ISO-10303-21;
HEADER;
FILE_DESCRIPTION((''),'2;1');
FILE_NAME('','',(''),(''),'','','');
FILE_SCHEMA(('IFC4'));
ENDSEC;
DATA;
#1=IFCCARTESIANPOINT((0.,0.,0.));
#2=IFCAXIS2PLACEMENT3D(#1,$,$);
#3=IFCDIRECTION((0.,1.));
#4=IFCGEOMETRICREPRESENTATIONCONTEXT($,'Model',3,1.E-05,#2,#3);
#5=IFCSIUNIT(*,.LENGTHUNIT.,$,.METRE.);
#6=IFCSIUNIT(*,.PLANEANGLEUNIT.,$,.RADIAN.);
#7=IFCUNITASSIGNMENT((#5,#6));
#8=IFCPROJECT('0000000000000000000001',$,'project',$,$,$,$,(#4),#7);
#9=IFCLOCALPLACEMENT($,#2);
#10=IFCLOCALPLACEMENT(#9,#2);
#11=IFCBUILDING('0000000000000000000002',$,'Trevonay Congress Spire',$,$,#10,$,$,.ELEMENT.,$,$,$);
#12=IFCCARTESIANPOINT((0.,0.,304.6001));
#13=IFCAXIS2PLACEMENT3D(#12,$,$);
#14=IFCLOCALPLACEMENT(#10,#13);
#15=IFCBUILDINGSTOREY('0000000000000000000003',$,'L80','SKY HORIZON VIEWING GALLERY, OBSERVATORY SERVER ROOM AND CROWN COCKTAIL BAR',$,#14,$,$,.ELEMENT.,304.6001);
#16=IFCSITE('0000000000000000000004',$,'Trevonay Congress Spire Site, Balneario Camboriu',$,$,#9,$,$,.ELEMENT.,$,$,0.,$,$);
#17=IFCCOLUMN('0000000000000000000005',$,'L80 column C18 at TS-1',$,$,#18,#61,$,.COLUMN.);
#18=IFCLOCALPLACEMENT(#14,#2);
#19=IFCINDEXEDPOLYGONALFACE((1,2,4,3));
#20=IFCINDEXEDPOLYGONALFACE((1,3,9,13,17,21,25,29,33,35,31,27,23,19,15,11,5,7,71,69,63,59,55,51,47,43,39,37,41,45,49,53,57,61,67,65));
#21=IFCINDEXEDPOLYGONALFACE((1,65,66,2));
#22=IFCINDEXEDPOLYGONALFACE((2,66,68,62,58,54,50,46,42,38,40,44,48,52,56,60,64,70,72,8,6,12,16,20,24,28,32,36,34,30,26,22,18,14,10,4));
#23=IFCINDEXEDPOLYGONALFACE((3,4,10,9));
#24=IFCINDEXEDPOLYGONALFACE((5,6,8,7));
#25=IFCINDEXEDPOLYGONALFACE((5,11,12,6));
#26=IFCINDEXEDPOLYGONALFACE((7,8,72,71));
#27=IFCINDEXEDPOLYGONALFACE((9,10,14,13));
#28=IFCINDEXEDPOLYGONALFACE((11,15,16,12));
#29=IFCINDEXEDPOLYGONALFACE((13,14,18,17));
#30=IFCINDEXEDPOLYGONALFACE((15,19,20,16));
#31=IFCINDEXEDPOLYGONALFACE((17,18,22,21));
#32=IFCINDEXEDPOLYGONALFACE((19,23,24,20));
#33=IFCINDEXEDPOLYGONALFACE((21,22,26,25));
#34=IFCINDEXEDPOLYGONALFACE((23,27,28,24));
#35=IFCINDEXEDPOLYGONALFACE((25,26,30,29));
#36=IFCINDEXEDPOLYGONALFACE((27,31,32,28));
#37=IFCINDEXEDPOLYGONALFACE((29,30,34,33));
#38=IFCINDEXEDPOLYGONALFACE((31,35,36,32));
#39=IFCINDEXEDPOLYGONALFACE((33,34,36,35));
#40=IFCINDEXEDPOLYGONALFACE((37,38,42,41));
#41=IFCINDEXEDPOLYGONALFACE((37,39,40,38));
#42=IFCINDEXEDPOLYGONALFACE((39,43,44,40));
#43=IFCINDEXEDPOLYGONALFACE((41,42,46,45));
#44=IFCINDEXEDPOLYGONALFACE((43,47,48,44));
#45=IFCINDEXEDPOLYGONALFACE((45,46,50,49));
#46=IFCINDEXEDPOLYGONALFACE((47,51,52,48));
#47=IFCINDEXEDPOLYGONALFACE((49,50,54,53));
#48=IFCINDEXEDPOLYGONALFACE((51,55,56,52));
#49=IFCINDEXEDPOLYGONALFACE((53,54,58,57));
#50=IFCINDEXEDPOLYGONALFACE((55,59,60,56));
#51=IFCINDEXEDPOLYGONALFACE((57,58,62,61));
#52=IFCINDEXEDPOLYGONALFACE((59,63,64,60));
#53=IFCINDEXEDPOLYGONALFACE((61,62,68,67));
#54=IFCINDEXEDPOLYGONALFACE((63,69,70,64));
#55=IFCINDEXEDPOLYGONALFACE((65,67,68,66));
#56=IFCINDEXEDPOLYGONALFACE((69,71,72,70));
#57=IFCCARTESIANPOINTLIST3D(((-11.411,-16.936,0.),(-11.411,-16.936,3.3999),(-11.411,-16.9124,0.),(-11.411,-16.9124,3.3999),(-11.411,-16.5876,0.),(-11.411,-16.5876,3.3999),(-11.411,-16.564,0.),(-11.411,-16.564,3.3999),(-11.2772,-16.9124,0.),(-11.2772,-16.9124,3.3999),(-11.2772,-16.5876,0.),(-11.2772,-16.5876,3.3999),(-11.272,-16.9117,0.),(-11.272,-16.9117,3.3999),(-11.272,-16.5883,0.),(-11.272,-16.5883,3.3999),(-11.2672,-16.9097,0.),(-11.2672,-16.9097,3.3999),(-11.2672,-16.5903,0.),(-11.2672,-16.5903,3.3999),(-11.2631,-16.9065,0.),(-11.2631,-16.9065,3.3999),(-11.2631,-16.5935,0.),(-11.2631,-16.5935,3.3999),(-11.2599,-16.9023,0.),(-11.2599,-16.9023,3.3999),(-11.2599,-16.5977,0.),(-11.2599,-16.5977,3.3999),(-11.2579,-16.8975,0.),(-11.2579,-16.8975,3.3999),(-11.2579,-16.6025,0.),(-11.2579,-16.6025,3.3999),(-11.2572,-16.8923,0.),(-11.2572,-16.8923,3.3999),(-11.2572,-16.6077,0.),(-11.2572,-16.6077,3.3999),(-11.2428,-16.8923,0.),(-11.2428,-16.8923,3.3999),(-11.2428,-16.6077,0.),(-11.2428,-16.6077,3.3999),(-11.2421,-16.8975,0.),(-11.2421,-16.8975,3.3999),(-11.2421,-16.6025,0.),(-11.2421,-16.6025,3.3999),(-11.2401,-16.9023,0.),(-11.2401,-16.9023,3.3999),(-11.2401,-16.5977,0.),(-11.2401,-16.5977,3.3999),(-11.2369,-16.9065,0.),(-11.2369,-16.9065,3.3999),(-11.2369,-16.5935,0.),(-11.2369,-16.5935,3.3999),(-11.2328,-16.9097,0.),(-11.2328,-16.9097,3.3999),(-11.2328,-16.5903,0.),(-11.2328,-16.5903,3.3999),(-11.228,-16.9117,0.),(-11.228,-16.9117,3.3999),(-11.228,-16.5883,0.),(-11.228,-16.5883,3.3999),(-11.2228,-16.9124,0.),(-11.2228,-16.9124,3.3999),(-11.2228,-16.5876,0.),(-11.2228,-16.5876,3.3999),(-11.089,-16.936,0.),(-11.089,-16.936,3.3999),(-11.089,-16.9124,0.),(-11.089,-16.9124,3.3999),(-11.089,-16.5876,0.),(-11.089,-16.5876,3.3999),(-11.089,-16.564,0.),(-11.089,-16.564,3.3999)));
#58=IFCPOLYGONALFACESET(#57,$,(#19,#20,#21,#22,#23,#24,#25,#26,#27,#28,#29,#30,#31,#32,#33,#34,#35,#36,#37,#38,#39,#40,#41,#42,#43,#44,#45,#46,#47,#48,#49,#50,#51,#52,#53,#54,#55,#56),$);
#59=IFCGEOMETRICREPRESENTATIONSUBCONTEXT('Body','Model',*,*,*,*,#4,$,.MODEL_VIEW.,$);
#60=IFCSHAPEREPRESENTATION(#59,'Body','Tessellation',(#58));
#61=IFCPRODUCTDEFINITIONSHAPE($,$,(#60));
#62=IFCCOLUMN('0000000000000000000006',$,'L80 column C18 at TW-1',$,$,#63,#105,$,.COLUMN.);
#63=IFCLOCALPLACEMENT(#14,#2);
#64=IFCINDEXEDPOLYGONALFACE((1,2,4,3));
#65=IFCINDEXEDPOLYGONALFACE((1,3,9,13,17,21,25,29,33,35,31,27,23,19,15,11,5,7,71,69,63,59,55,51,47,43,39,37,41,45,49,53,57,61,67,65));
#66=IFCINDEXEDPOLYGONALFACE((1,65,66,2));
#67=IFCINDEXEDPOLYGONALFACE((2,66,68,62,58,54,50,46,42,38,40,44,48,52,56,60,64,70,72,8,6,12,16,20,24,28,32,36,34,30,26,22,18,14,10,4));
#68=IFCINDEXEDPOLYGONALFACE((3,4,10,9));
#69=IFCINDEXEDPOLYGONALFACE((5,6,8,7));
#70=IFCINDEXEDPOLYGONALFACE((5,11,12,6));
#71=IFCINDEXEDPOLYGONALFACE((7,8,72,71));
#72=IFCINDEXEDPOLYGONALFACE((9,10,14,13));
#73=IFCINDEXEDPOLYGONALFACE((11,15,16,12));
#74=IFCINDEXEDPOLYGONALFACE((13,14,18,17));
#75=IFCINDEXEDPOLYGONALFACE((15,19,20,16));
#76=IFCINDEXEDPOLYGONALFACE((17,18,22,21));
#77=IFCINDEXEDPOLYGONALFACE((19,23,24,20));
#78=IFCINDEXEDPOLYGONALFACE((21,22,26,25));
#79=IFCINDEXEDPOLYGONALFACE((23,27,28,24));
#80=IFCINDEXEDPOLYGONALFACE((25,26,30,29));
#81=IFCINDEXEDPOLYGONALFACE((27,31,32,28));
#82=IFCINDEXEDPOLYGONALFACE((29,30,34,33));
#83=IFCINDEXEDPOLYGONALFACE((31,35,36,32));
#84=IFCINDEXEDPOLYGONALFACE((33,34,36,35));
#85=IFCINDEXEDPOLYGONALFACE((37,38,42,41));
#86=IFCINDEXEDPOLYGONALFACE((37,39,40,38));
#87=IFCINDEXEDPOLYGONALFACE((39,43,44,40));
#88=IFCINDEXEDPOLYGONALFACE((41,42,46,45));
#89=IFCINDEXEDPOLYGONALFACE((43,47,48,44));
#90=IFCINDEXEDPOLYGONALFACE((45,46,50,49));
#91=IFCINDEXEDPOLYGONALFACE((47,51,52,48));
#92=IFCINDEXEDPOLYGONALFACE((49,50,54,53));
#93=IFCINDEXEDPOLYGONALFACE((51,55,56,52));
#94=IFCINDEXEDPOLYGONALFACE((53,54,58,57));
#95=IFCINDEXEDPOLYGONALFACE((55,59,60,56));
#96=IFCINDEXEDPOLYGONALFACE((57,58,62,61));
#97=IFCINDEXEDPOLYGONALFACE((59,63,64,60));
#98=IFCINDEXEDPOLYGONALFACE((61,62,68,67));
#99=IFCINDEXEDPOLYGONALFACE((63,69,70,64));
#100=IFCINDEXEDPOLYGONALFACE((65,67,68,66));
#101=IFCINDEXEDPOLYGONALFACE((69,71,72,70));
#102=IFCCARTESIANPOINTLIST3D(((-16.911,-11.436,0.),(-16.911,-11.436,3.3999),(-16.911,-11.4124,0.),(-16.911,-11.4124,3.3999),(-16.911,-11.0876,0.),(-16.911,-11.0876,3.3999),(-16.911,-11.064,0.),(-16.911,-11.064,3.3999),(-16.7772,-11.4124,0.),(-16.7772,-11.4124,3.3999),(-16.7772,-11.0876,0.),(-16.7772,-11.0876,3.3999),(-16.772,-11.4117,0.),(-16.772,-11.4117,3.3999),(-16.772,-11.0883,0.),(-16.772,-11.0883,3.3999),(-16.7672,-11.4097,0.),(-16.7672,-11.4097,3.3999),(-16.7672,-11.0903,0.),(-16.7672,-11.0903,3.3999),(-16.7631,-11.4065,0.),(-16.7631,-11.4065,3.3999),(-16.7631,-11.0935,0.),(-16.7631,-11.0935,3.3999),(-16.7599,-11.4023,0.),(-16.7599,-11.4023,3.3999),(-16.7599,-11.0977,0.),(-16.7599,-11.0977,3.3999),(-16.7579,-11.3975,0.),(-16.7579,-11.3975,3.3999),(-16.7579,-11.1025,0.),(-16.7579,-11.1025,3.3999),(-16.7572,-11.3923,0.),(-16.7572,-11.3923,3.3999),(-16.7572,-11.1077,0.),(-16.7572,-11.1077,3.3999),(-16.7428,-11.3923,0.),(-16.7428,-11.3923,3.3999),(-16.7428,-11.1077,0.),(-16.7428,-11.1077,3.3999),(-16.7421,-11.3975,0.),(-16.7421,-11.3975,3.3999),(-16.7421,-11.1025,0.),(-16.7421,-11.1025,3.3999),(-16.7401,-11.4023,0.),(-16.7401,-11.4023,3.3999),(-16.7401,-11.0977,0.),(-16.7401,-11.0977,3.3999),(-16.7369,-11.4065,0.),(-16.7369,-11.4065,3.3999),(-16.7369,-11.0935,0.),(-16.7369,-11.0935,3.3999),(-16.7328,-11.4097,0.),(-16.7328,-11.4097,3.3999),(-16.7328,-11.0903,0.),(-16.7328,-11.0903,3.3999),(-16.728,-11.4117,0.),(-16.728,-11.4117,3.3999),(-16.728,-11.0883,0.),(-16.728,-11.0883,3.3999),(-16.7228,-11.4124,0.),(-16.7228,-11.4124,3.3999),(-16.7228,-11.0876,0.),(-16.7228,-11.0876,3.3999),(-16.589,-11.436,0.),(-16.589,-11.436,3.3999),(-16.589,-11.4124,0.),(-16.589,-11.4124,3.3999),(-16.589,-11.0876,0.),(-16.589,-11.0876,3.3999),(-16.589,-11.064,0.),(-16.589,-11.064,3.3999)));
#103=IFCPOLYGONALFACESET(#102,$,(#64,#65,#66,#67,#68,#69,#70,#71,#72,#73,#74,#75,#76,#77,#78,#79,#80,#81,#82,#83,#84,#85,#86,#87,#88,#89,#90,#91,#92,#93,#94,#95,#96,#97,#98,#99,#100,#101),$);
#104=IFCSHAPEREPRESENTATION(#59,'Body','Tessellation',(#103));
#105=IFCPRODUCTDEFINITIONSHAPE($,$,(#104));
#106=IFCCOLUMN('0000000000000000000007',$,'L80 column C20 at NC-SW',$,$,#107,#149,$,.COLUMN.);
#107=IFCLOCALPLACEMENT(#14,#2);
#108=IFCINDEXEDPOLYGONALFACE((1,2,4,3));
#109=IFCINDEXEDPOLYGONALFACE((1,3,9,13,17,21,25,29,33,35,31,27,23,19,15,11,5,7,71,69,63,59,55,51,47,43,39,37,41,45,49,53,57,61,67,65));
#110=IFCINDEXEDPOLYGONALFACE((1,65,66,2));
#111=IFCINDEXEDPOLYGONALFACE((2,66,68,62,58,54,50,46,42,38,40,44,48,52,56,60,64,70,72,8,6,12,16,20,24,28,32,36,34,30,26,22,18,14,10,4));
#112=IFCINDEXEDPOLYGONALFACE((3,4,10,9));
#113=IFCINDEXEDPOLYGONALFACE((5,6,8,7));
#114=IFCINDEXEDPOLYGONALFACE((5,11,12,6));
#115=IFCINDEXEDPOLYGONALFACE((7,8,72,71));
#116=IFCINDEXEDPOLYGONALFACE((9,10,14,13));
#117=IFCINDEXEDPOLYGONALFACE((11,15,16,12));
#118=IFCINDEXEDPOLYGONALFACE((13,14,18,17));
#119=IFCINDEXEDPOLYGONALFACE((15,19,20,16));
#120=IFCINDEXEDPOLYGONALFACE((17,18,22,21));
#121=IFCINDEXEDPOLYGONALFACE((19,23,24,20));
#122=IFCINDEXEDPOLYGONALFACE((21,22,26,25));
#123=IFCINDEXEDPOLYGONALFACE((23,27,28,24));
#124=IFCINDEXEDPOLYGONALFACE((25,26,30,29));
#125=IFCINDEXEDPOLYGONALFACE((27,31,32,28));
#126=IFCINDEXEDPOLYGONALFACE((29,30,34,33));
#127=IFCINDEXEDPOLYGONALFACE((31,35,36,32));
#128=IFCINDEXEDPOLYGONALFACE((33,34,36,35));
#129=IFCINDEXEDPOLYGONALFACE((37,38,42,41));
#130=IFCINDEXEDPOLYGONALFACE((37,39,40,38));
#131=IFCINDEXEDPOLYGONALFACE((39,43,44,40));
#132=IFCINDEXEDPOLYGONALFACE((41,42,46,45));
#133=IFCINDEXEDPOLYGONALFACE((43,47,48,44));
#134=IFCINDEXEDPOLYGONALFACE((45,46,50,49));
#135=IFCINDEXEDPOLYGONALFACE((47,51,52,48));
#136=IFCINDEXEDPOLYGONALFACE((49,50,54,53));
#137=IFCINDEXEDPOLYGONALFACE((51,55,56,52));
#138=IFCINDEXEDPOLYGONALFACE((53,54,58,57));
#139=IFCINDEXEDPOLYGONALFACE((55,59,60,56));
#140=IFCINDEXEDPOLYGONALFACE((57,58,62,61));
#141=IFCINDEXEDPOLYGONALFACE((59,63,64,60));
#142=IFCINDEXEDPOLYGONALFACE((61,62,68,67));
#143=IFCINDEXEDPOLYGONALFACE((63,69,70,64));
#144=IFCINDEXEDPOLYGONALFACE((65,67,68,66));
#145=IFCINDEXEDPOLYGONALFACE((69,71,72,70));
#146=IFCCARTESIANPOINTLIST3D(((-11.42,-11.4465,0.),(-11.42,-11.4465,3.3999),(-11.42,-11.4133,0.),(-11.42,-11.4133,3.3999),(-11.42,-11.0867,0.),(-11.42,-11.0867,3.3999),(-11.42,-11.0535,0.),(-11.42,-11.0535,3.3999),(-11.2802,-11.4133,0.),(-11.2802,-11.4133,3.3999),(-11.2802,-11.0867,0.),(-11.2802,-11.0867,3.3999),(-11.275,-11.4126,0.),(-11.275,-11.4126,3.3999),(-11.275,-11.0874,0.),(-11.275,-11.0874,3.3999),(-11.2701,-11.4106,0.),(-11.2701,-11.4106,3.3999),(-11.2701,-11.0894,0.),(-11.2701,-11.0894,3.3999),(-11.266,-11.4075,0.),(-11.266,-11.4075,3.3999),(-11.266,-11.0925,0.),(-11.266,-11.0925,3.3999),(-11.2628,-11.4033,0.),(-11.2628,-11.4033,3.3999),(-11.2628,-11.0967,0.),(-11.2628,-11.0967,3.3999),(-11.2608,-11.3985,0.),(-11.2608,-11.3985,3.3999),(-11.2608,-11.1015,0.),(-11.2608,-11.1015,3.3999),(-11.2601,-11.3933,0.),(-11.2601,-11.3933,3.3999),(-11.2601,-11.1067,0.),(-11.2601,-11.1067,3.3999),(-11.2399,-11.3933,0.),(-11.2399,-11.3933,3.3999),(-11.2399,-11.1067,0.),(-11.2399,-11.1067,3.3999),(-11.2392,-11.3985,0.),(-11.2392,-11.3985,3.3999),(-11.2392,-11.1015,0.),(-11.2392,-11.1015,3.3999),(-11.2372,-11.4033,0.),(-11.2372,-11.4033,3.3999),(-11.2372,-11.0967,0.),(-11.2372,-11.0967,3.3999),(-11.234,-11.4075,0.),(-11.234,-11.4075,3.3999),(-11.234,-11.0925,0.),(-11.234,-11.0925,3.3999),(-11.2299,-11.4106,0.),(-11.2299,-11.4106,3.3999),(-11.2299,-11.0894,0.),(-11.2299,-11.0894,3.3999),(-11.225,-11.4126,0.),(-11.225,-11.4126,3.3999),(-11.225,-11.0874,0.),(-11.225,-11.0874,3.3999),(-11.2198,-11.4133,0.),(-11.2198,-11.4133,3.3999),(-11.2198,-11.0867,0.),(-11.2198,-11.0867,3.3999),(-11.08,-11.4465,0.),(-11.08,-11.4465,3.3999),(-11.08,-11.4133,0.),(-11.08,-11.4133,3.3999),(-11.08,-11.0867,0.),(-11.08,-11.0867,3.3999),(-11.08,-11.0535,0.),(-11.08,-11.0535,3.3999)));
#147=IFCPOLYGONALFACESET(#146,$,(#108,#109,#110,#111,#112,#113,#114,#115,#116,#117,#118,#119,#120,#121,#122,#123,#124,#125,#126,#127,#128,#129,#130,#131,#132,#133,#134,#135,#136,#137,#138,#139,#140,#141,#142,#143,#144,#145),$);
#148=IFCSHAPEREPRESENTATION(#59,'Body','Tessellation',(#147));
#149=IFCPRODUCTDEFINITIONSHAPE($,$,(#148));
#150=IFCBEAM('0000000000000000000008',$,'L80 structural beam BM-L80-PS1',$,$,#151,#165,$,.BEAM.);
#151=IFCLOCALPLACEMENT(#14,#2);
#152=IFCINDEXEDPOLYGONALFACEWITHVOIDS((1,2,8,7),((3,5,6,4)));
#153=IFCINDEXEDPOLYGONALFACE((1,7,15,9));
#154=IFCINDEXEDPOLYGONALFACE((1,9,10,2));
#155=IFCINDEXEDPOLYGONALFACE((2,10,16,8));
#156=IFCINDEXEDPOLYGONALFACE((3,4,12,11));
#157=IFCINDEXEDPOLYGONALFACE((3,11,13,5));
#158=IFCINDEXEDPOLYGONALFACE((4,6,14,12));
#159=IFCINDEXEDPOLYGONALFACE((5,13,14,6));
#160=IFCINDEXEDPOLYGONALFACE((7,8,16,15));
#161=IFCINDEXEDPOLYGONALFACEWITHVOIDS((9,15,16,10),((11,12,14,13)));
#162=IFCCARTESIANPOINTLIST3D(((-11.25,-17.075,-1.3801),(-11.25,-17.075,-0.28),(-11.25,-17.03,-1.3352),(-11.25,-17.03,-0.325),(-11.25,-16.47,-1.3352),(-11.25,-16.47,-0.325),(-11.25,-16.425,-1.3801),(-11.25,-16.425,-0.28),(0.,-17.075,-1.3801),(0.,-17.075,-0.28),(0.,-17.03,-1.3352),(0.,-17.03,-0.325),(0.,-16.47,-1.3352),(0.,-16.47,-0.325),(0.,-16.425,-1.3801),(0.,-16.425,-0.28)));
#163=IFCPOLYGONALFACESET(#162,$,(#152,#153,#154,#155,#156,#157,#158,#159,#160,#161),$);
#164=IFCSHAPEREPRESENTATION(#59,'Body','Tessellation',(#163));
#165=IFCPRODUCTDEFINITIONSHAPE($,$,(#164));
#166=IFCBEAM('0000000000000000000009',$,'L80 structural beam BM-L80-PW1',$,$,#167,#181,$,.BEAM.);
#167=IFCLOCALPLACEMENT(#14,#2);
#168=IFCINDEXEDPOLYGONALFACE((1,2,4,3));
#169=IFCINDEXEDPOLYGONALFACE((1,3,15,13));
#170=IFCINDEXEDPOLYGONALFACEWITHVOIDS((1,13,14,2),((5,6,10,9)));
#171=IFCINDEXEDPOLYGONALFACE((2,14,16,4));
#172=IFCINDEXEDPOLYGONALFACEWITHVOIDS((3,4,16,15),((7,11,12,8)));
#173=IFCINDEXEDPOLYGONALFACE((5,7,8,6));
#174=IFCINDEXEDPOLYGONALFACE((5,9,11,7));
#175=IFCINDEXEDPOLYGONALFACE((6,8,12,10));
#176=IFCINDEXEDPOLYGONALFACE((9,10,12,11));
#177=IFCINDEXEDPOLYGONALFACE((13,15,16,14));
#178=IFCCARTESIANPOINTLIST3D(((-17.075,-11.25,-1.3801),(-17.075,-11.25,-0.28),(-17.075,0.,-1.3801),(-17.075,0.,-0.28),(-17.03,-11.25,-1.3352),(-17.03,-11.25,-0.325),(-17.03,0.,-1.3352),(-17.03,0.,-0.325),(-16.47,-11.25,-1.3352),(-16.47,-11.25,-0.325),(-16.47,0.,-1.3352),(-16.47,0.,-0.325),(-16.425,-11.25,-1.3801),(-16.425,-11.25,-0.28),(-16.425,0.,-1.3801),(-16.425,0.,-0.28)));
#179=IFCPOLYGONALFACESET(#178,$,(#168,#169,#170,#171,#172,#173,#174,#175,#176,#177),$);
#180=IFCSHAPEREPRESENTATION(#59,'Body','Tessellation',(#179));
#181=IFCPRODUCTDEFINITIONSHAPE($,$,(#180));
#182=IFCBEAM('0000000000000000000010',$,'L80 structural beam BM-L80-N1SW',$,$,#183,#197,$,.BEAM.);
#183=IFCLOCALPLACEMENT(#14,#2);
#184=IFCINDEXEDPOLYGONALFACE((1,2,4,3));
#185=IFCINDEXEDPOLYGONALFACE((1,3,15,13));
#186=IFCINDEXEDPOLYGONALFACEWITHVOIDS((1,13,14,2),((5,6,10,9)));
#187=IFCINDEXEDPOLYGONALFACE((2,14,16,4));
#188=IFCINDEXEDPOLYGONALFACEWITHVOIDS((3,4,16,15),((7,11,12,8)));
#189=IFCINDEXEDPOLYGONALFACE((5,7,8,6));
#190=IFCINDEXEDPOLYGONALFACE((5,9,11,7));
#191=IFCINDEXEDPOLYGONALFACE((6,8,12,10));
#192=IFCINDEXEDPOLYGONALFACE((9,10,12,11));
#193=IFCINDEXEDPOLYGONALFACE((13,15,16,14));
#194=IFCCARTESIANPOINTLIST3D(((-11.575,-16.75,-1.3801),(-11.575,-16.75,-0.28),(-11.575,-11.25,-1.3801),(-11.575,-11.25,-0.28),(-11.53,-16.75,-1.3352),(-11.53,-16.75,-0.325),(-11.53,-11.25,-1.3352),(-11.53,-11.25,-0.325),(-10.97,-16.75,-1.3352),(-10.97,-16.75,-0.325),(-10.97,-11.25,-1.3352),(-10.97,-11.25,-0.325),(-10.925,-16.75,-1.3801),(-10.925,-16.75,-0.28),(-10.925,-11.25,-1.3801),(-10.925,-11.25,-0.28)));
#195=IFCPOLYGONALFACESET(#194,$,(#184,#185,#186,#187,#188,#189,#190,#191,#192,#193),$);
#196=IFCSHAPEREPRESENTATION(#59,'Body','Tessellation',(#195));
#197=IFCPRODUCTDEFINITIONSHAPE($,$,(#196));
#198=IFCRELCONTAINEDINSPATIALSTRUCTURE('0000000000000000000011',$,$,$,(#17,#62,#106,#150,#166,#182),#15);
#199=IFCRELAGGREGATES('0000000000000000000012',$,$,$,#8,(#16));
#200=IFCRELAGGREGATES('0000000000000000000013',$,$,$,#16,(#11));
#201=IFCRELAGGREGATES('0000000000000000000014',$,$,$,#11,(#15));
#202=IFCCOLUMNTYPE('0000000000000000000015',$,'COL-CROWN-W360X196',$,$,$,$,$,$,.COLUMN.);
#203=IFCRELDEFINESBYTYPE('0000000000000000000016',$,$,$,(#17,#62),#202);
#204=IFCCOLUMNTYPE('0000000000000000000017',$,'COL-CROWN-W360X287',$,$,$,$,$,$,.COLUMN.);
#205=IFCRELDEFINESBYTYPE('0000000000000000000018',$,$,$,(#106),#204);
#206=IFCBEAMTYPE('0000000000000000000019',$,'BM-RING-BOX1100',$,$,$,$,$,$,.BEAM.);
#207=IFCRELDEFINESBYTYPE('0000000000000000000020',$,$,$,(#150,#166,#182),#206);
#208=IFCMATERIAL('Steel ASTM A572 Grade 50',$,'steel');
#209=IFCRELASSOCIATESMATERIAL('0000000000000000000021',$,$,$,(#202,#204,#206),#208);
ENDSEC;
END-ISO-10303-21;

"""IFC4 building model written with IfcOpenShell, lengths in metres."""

from ifc_helpers import new_model, si_unit, direction, frame, origin, origin_2d, place, context, subcontext, project, spatial, hollow_rectangle, i_section, extrude, material, material_profile, profile_set, type_object, element, save


model = new_model("IFC4")

# Units and contexts
model_context = context("Model", 3, precision=1e-05, world=origin(), true_north=direction((0.0, 1.0)))
body_context = subcontext(model_context, "Body", "Model", "MODEL_VIEW")
ifc_project = project(units=[si_unit("LENGTHUNIT", "METRE"), si_unit("PLANEANGLEUNIT", "RADIAN")], contexts=[model_context])

# Site, building, storey
site_placement = place(None, origin())
site = spatial("IfcSite", under=ifc_project, at=site_placement, Name="Trevonay Congress Spire Site, Balneario Camboriu", CompositionType="ELEMENT", RefElevation=0.0)
building_placement = place(site_placement, origin())
building = spatial("IfcBuilding", under=site, at=building_placement, Name="Trevonay Congress Spire", CompositionType="ELEMENT")
storey_placement = place(building_placement, frame((0.0, 0.0, 304.6001)))
storey = spatial("IfcBuildingStorey", under=building, at=storey_placement, Name="L80", Description="SKY HORIZON VIEWING GALLERY, OBSERVATORY SERVER ROOM AND CROWN COCKTAIL BAR", CompositionType="ELEMENT", Elevation=304.6001)

# Columns
ifc_material_1 = material(Name="Steel ASTM A572 Grade 50", Category="steel")
ifc_material_profile_1 = material_profile(ifc_material_1, i_section(OverallWidth=0.322, OverallDepth=0.3721, WebThickness=0.0144, FlangeThickness=0.0237, FilletRadius=0.02, at=origin_2d()), Name="W360x196")
ifc_profile_set_1 = profile_set([ifc_material_profile_1], Name="Steel ASTM A572 Grade 50")
column_type_1 = type_object("IfcColumnType", Name="COL-CROWN-W360X196", PredefinedType="COLUMN", material=ifc_profile_set_1)
for number, where, z_axis, x_axis, name in (
    (1, (-11.25, -16.75, 0.0), (0.0, 0.0, 1.0), (1.0, 0.0, 0.0), "L80 column C18 at TS-1"),
    (2, (-16.75, -11.25, 0.0), (0.0, 0.0, 1.0), (1.0, 0.0, 0.0), "L80 column C18 at TW-1"),
):
    element("IfcColumn", number, at=place(storey_placement, frame(where, z_axis=z_axis, x_axis=x_axis)), inside=storey, type_object=column_type_1, Name=name, PredefinedType="COLUMN", context=body_context, shape_type="SweptSolid", body=[
        extrude(i_section(OverallWidth=0.322, OverallDepth=0.3721, WebThickness=0.0144, FlangeThickness=0.0237, FilletRadius=0.02, at=origin_2d()), origin(), (0.0, 0.0, 1.0), 3.3999),
    ])
ifc_material_profile_2 = material_profile(ifc_material_1, i_section(OverallWidth=0.3401, OverallDepth=0.3931, WebThickness=0.0203, FlangeThickness=0.0332, FilletRadius=0.02, at=origin_2d()), Name="W360x287")
ifc_profile_set_2 = profile_set([ifc_material_profile_2], Name="Steel ASTM A572 Grade 50")
column_type_2 = type_object("IfcColumnType", Name="COL-CROWN-W360X287", PredefinedType="COLUMN", material=ifc_profile_set_2)
column_placement = place(storey_placement, frame((-11.25, -11.25, 0.0), z_axis=(0.0, 0.0, 1.0), x_axis=(1.0, 0.0, 0.0)))
element("IfcColumn", 3, at=column_placement, inside=storey, type_object=column_type_2, Name="L80 column C20 at NC-SW", PredefinedType="COLUMN", context=body_context, shape_type="SweptSolid", body=[
    extrude(i_section(OverallWidth=0.3401, OverallDepth=0.3931, WebThickness=0.0203, FlangeThickness=0.0332, FilletRadius=0.02, at=origin_2d()), origin(), (0.0, 0.0, 1.0), 3.3999),
])

# Beams
ifc_material_profile_3 = material_profile(ifc_material_1, hollow_rectangle(XDim=0.6499, YDim=1.1001, WallThickness=0.0449, at=origin_2d()), Name="BOX 1100x650x45")
ifc_profile_set_3 = profile_set([ifc_material_profile_3], Name="Steel ASTM A572 Grade 50")
beam_type_1 = type_object("IfcBeamType", Name="BM-RING-BOX1100", PredefinedType="BEAM", material=ifc_profile_set_3)
for number, where, z_axis, x_axis, name in (
    (4, (-11.25, -16.75, -0.8301), (1.0, 0.0, 0.0), (0.0, 1.0, 0.0), "L80 structural beam BM-L80-PS1"),
    (5, (-16.75, -11.25, -0.8301), (0.0, 1.0, 0.0), (-1.0, 0.0, 0.0), "L80 structural beam BM-L80-PW1"),
):
    element("IfcBeam", number, at=place(storey_placement, frame(where, z_axis=z_axis, x_axis=x_axis)), inside=storey, type_object=beam_type_1, Name=name, PredefinedType="BEAM", context=body_context, shape_type="SweptSolid", body=[
        extrude(hollow_rectangle(XDim=0.6499, YDim=1.1001, WallThickness=0.0449, at=origin_2d()), origin(), (0.0, 0.0, 1.0), 11.25),
    ])
for number, where, z_axis, x_axis, name in (
    (6, (-11.25, -16.75, -0.8301), (0.0, 1.0, 0.0), (-1.0, 0.0, 0.0), "L80 structural beam BM-L80-N1SW"),
):
    element("IfcBeam", number, at=place(storey_placement, frame(where, z_axis=z_axis, x_axis=x_axis)), inside=storey, type_object=beam_type_1, Name=name, PredefinedType="BEAM", context=body_context, shape_type="SweptSolid", body=[
        extrude(hollow_rectangle(XDim=0.6499, YDim=1.1001, WallThickness=0.0449, at=origin_2d()), origin(), (0.0, 0.0, 1.0), 5.5),
    ])

save(model, "model.ifc")
